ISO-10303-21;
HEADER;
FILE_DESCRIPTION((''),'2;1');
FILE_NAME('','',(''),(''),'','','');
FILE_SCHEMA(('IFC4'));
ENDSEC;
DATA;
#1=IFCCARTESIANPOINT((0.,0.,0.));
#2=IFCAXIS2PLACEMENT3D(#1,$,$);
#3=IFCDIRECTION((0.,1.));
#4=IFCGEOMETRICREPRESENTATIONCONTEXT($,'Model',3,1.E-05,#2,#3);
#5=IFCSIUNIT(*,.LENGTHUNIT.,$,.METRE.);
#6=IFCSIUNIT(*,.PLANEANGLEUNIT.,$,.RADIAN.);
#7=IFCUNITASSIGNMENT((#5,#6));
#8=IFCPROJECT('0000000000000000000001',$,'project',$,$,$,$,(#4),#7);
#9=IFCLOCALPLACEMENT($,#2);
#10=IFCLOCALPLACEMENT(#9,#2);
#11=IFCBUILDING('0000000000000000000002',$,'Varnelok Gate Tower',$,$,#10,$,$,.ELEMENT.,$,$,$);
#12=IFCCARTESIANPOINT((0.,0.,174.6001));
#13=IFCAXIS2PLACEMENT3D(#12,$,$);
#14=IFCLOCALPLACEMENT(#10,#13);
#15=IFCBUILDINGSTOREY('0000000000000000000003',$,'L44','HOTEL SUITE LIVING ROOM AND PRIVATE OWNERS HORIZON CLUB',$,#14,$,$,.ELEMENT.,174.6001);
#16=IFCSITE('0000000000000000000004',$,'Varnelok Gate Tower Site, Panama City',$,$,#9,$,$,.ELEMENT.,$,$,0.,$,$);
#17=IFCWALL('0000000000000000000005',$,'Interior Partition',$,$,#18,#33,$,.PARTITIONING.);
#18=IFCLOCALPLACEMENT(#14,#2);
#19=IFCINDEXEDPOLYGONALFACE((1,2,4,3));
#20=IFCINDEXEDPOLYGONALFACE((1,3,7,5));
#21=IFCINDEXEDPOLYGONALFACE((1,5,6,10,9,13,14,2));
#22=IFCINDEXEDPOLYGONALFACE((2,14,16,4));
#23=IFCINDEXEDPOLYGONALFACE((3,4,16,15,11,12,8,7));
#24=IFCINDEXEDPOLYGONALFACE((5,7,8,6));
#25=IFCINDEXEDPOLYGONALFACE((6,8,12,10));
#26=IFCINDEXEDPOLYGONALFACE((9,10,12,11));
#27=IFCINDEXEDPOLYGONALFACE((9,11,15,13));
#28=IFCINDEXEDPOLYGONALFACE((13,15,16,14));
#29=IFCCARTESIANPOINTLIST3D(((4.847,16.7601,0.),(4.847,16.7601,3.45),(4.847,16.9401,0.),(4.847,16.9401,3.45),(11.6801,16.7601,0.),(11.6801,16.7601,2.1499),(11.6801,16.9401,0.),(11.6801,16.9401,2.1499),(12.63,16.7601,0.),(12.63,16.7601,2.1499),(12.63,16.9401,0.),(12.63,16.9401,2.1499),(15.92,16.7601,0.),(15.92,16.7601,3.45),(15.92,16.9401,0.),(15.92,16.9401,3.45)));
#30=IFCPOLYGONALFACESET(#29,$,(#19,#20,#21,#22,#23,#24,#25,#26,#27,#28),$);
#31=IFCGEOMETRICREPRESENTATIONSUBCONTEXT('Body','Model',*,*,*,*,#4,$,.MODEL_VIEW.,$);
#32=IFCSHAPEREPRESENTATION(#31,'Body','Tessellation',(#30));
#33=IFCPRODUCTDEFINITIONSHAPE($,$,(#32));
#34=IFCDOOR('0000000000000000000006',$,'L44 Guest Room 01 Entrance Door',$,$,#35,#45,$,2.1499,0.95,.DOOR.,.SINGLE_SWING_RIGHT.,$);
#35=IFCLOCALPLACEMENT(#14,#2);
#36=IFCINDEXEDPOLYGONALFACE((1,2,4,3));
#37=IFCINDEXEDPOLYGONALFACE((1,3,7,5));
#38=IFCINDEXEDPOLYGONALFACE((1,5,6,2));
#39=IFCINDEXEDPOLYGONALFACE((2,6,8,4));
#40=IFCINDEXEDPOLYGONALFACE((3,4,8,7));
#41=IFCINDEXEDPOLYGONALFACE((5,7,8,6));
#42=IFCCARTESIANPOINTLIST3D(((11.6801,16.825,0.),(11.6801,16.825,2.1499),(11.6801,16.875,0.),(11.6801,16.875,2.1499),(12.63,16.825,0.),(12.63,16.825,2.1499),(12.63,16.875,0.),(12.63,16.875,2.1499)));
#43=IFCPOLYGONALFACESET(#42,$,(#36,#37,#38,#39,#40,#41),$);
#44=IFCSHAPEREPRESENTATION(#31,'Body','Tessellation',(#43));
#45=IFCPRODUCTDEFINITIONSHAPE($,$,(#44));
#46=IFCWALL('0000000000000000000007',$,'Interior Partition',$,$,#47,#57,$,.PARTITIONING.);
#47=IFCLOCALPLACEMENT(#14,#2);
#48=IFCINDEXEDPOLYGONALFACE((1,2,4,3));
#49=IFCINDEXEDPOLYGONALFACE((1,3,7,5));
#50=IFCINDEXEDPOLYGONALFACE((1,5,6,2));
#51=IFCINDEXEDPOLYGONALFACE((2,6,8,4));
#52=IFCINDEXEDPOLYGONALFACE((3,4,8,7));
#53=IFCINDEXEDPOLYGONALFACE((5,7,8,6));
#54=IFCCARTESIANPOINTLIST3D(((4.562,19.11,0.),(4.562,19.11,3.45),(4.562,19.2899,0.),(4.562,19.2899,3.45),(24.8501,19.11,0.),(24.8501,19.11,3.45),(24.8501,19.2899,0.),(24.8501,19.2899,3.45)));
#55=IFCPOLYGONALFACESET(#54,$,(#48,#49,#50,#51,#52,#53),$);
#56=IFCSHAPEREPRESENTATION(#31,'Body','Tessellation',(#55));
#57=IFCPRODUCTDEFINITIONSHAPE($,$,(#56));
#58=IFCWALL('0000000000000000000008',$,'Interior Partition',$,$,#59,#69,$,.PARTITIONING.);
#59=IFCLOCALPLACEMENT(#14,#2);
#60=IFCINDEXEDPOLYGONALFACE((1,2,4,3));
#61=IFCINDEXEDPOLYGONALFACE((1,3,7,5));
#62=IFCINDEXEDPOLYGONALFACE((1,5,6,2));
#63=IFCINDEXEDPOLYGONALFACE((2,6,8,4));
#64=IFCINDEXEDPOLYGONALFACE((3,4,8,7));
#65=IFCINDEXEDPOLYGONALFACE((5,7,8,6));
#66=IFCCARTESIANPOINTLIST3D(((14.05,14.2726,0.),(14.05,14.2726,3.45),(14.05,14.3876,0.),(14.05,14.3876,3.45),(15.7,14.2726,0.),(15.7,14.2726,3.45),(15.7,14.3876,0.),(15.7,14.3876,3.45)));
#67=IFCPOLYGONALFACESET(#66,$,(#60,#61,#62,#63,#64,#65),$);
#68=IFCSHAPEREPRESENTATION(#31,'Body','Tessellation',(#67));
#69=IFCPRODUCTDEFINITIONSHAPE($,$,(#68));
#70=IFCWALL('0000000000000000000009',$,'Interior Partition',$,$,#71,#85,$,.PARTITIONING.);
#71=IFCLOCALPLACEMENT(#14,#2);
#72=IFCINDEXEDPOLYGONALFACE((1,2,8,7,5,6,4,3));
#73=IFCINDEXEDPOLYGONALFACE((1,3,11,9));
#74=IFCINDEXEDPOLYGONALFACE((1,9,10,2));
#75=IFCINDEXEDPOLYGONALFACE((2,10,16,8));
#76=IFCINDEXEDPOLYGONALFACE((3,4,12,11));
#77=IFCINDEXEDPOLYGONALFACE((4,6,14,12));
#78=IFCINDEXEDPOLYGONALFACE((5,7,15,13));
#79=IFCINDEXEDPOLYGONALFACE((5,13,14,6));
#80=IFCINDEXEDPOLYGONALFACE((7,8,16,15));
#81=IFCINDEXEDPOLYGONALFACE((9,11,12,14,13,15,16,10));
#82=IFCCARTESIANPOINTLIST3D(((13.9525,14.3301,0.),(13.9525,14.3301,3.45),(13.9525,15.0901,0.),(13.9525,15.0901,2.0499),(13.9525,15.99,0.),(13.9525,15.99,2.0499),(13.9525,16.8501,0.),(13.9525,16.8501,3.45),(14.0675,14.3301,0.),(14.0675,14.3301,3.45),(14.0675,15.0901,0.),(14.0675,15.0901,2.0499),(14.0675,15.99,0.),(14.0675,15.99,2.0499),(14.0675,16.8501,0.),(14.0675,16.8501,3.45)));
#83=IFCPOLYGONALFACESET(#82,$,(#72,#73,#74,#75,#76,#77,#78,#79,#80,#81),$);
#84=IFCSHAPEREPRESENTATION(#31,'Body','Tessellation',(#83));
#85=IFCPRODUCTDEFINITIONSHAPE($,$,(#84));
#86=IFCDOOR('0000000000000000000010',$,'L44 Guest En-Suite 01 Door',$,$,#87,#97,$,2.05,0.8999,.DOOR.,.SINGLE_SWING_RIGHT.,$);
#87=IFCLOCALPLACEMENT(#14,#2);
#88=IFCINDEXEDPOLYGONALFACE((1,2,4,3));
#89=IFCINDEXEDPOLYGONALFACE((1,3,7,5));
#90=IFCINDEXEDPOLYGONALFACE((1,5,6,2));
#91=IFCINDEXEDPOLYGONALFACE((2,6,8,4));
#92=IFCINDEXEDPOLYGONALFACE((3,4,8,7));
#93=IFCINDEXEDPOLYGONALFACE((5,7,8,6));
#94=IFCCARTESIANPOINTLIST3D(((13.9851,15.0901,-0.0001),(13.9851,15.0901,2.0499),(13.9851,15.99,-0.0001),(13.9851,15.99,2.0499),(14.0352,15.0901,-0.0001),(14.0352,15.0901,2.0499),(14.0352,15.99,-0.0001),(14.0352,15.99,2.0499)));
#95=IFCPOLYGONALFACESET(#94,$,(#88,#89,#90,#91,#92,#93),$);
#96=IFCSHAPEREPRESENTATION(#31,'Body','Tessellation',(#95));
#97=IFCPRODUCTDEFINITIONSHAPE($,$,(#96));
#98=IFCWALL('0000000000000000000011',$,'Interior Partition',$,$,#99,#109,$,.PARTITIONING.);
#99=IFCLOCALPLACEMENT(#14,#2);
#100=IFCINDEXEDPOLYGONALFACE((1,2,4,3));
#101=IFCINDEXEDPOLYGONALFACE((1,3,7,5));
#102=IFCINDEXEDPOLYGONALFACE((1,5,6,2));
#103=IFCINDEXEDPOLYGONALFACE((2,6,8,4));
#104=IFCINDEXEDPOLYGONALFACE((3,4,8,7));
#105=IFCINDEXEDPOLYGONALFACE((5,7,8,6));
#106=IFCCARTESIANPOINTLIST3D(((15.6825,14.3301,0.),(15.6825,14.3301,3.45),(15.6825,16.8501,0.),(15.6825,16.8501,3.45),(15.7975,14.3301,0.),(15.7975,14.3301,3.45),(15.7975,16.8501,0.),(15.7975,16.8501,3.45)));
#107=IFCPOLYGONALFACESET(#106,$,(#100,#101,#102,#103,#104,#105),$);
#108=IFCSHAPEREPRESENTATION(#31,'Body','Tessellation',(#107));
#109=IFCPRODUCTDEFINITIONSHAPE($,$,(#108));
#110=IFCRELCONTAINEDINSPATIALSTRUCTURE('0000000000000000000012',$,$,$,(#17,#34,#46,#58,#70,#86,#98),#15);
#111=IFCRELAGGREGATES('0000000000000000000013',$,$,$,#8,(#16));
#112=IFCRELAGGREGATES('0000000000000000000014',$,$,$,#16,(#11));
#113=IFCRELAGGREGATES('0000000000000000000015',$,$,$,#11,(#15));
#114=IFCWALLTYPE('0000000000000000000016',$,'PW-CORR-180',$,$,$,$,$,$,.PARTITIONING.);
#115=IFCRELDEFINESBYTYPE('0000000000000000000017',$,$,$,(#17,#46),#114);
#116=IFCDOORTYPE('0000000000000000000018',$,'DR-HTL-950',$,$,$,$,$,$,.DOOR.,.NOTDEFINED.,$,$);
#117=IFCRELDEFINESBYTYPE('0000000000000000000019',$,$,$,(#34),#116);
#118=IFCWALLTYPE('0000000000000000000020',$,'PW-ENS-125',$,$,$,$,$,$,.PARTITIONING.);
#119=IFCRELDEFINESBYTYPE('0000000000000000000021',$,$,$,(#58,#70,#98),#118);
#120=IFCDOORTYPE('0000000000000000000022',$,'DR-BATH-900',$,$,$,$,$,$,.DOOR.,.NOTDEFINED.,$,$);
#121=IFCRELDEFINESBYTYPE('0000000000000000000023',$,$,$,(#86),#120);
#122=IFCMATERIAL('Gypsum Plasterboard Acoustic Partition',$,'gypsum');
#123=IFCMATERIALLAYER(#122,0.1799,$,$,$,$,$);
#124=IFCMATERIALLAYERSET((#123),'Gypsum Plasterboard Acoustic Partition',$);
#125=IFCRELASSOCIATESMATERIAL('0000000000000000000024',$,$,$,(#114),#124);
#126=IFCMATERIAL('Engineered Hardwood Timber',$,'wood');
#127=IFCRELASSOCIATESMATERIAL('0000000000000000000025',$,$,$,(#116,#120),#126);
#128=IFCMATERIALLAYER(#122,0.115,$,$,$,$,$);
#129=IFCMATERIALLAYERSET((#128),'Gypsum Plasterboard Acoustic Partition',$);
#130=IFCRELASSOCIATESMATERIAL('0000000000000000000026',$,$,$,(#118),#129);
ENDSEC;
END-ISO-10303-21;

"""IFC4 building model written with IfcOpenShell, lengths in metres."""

from ifc_helpers import new_model, si_unit, direction, frame, frame_2d, origin, place, context, subcontext, project, spatial, rectangle, extrude, material, layer, layer_set, type_object, element, fill, save


model = new_model("IFC4")

# Units and contexts
model_context = context("Model", 3, precision=1e-05, world=origin(), true_north=direction((0.0, 1.0)))
body_context = subcontext(model_context, "Body", "Model", "MODEL_VIEW")
ifc_project = project(units=[si_unit("LENGTHUNIT", "METRE"), si_unit("PLANEANGLEUNIT", "RADIAN")], contexts=[model_context])

# Site, building, storey
site_placement = place(None, origin())
site = spatial("IfcSite", under=ifc_project, at=site_placement, Name="Varnelok Gate Tower Site, Panama City", CompositionType="ELEMENT", RefElevation=0.0)
building_placement = place(site_placement, origin())
building = spatial("IfcBuilding", under=site, at=building_placement, Name="Varnelok Gate Tower", CompositionType="ELEMENT")
storey_placement = place(building_placement, frame((0.0, 0.0, 174.6001)))
storey = spatial("IfcBuildingStorey", under=building, at=storey_placement, Name="L44", Description="HOTEL SUITE LIVING ROOM AND PRIVATE OWNERS HORIZON CLUB", CompositionType="ELEMENT", Elevation=174.6001)

# Wall, opening, door
ifc_material_1 = material(Name="Gypsum Plasterboard Acoustic Partition", Category="gypsum")
ifc_layer_1 = layer(ifc_material_1, 0.1799)
ifc_layer_set_1 = layer_set([ifc_layer_1], Name="Gypsum Plasterboard Acoustic Partition")
wall_type_1 = type_object("IfcWallType", Name="PW-CORR-180", PredefinedType="PARTITIONING", material=ifc_layer_set_1)
wall_1_placement = place(storey_placement, frame((4.8469, 16.8501, 0.0), z_axis=(0.0, 0.0, 1.0), x_axis=(1.0, 0.0, 0.0)))
wall_1 = element("IfcWall", 1, at=wall_1_placement, inside=storey, type_object=wall_type_1, Name="Interior Partition", PredefinedType="PARTITIONING", context=body_context, shape_type="SweptSolid", body=[
    extrude(rectangle(XDim=11.073, YDim=0.1799, at=frame_2d((5.5366, 0.0))), origin(), (0.0, 0.0, 1.0), 3.45),
])
opening_1_placement = place(wall_1_placement, frame((6.833, 0.0, 0.0)))
opening_1 = element("IfcOpeningElement", 2, at=opening_1_placement, cuts=wall_1, PredefinedType="OPENING", context=body_context, shape_type="SweptSolid", body=[
    extrude(rectangle(XDim=0.95, YDim=2.1499, at=frame_2d((0.4751, 1.075))), frame((0.0, 0.0999, 0.0), z_axis=(0.0, -1.0, 0.0), x_axis=(1.0, 0.0, 0.0)), (0.0, 0.0, 1.0), 0.2),
])
ifc_material_2 = material(Name="Engineered Hardwood Timber", Category="wood")
door_type_1 = type_object("IfcDoorType", Name="DR-HTL-950", OperationType="NOTDEFINED", PredefinedType="DOOR", material=ifc_material_2)
door_1_placement = place(opening_1_placement, origin())
door_1 = element("IfcDoor", 3, at=door_1_placement, inside=storey, type_object=door_type_1, Name="L44 Guest Room 01 Entrance Door", OperationType="SINGLE_SWING_RIGHT", OverallHeight=2.1499, OverallWidth=0.95, PredefinedType="DOOR", context=body_context, shape_type="SweptSolid", body=[
    extrude(rectangle(XDim=0.95, YDim=2.1499, at=frame_2d((0.4751, 1.075))), frame((0.0, 0.0249, 0.0), z_axis=(0.0, -1.0, 0.0), x_axis=(1.0, 0.0, 0.0)), (0.0, 0.0, 1.0), 0.05),
])
fill(opening_1, door_1)

# Walls
wall_2_placement = place(storey_placement, frame((4.562, 19.2, 0.0), z_axis=(0.0, 0.0, 1.0), x_axis=(1.0, 0.0, 0.0)))
element("IfcWall", 4, at=wall_2_placement, inside=storey, type_object=wall_type_1, Name="Interior Partition", PredefinedType="PARTITIONING", context=body_context, shape_type="SweptSolid", body=[
    extrude(rectangle(XDim=20.2881, YDim=0.1799, at=frame_2d((10.144, 0.0))), origin(), (0.0, 0.0, 1.0), 3.45),
])
ifc_layer_2 = layer(ifc_material_1, 0.115)
ifc_layer_set_2 = layer_set([ifc_layer_2], Name="Gypsum Plasterboard Acoustic Partition")
wall_type_2 = type_object("IfcWallType", Name="PW-ENS-125", PredefinedType="PARTITIONING", material=ifc_layer_set_2)
wall_3_placement = place(storey_placement, frame((14.05, 14.3301, 0.0), z_axis=(0.0, 0.0, 1.0), x_axis=(1.0, 0.0, 0.0)))
element("IfcWall", 5, at=wall_3_placement, inside=storey, type_object=wall_type_2, Name="Interior Partition", PredefinedType="PARTITIONING", context=body_context, shape_type="SweptSolid", body=[
    extrude(rectangle(XDim=1.6499, YDim=0.115, at=frame_2d((0.825, 0.0))), origin(), (0.0, 0.0, 1.0), 3.45),
])

# Wall, opening, door
wall_4_placement = place(storey_placement, frame((14.01, 14.3301, 0.0), z_axis=(0.0, 0.0, 1.0), x_axis=(0.0, 1.0, 0.0)))
wall_4 = element("IfcWall", 6, at=wall_4_placement, inside=storey, type_object=wall_type_2, Name="Interior Partition", PredefinedType="PARTITIONING", context=body_context, shape_type="SweptSolid", body=[
    extrude(rectangle(XDim=2.52, YDim=0.115, at=frame_2d((1.26, 0.0))), origin(), (0.0, 0.0, 1.0), 3.45),
])
opening_2_placement = place(wall_4_placement, frame((0.76, 0.0, 0.0)))
opening_2 = element("IfcOpeningElement", 7, at=opening_2_placement, cuts=wall_4, PredefinedType="OPENING", context=body_context, shape_type="SweptSolid", body=[
    extrude(rectangle(XDim=0.8999, YDim=2.05, at=frame_2d((0.45, 1.0249))), frame((0.0, 0.0674, 0.0), z_axis=(0.0, -1.0, 0.0), x_axis=(1.0, 0.0, 0.0)), (0.0, 0.0, 1.0), 0.135),
])
door_type_2 = type_object("IfcDoorType", Name="DR-BATH-900", OperationType="NOTDEFINED", PredefinedType="DOOR", material=ifc_material_2)
door_2_placement = place(opening_2_placement, origin())
door_2 = element("IfcDoor", 8, at=door_2_placement, inside=storey, type_object=door_type_2, Name="L44 Guest En-Suite 01 Door", OperationType="SINGLE_SWING_RIGHT", OverallHeight=2.05, OverallWidth=0.8999, PredefinedType="DOOR", context=body_context, shape_type="SweptSolid", body=[
    extrude(rectangle(XDim=0.8999, YDim=2.05, at=frame_2d((0.45, 1.0249))), frame((0.0, 0.0249, 0.0), z_axis=(0.0, -1.0, 0.0), x_axis=(1.0, 0.0, 0.0)), (0.0, 0.0, 1.0), 0.05),
])
fill(opening_2, door_2)

# Wall
wall_5_placement = place(storey_placement, frame((15.74, 14.3301, 0.0), z_axis=(0.0, 0.0, 1.0), x_axis=(0.0, 1.0, 0.0)))
element("IfcWall", 9, at=wall_5_placement, inside=storey, type_object=wall_type_2, Name="Interior Partition", PredefinedType="PARTITIONING", context=body_context, shape_type="SweptSolid", body=[
    extrude(rectangle(XDim=2.52, YDim=0.115, at=frame_2d((1.26, 0.0))), origin(), (0.0, 0.0, 1.0), 3.45),
])

save(model, "model.ifc")
